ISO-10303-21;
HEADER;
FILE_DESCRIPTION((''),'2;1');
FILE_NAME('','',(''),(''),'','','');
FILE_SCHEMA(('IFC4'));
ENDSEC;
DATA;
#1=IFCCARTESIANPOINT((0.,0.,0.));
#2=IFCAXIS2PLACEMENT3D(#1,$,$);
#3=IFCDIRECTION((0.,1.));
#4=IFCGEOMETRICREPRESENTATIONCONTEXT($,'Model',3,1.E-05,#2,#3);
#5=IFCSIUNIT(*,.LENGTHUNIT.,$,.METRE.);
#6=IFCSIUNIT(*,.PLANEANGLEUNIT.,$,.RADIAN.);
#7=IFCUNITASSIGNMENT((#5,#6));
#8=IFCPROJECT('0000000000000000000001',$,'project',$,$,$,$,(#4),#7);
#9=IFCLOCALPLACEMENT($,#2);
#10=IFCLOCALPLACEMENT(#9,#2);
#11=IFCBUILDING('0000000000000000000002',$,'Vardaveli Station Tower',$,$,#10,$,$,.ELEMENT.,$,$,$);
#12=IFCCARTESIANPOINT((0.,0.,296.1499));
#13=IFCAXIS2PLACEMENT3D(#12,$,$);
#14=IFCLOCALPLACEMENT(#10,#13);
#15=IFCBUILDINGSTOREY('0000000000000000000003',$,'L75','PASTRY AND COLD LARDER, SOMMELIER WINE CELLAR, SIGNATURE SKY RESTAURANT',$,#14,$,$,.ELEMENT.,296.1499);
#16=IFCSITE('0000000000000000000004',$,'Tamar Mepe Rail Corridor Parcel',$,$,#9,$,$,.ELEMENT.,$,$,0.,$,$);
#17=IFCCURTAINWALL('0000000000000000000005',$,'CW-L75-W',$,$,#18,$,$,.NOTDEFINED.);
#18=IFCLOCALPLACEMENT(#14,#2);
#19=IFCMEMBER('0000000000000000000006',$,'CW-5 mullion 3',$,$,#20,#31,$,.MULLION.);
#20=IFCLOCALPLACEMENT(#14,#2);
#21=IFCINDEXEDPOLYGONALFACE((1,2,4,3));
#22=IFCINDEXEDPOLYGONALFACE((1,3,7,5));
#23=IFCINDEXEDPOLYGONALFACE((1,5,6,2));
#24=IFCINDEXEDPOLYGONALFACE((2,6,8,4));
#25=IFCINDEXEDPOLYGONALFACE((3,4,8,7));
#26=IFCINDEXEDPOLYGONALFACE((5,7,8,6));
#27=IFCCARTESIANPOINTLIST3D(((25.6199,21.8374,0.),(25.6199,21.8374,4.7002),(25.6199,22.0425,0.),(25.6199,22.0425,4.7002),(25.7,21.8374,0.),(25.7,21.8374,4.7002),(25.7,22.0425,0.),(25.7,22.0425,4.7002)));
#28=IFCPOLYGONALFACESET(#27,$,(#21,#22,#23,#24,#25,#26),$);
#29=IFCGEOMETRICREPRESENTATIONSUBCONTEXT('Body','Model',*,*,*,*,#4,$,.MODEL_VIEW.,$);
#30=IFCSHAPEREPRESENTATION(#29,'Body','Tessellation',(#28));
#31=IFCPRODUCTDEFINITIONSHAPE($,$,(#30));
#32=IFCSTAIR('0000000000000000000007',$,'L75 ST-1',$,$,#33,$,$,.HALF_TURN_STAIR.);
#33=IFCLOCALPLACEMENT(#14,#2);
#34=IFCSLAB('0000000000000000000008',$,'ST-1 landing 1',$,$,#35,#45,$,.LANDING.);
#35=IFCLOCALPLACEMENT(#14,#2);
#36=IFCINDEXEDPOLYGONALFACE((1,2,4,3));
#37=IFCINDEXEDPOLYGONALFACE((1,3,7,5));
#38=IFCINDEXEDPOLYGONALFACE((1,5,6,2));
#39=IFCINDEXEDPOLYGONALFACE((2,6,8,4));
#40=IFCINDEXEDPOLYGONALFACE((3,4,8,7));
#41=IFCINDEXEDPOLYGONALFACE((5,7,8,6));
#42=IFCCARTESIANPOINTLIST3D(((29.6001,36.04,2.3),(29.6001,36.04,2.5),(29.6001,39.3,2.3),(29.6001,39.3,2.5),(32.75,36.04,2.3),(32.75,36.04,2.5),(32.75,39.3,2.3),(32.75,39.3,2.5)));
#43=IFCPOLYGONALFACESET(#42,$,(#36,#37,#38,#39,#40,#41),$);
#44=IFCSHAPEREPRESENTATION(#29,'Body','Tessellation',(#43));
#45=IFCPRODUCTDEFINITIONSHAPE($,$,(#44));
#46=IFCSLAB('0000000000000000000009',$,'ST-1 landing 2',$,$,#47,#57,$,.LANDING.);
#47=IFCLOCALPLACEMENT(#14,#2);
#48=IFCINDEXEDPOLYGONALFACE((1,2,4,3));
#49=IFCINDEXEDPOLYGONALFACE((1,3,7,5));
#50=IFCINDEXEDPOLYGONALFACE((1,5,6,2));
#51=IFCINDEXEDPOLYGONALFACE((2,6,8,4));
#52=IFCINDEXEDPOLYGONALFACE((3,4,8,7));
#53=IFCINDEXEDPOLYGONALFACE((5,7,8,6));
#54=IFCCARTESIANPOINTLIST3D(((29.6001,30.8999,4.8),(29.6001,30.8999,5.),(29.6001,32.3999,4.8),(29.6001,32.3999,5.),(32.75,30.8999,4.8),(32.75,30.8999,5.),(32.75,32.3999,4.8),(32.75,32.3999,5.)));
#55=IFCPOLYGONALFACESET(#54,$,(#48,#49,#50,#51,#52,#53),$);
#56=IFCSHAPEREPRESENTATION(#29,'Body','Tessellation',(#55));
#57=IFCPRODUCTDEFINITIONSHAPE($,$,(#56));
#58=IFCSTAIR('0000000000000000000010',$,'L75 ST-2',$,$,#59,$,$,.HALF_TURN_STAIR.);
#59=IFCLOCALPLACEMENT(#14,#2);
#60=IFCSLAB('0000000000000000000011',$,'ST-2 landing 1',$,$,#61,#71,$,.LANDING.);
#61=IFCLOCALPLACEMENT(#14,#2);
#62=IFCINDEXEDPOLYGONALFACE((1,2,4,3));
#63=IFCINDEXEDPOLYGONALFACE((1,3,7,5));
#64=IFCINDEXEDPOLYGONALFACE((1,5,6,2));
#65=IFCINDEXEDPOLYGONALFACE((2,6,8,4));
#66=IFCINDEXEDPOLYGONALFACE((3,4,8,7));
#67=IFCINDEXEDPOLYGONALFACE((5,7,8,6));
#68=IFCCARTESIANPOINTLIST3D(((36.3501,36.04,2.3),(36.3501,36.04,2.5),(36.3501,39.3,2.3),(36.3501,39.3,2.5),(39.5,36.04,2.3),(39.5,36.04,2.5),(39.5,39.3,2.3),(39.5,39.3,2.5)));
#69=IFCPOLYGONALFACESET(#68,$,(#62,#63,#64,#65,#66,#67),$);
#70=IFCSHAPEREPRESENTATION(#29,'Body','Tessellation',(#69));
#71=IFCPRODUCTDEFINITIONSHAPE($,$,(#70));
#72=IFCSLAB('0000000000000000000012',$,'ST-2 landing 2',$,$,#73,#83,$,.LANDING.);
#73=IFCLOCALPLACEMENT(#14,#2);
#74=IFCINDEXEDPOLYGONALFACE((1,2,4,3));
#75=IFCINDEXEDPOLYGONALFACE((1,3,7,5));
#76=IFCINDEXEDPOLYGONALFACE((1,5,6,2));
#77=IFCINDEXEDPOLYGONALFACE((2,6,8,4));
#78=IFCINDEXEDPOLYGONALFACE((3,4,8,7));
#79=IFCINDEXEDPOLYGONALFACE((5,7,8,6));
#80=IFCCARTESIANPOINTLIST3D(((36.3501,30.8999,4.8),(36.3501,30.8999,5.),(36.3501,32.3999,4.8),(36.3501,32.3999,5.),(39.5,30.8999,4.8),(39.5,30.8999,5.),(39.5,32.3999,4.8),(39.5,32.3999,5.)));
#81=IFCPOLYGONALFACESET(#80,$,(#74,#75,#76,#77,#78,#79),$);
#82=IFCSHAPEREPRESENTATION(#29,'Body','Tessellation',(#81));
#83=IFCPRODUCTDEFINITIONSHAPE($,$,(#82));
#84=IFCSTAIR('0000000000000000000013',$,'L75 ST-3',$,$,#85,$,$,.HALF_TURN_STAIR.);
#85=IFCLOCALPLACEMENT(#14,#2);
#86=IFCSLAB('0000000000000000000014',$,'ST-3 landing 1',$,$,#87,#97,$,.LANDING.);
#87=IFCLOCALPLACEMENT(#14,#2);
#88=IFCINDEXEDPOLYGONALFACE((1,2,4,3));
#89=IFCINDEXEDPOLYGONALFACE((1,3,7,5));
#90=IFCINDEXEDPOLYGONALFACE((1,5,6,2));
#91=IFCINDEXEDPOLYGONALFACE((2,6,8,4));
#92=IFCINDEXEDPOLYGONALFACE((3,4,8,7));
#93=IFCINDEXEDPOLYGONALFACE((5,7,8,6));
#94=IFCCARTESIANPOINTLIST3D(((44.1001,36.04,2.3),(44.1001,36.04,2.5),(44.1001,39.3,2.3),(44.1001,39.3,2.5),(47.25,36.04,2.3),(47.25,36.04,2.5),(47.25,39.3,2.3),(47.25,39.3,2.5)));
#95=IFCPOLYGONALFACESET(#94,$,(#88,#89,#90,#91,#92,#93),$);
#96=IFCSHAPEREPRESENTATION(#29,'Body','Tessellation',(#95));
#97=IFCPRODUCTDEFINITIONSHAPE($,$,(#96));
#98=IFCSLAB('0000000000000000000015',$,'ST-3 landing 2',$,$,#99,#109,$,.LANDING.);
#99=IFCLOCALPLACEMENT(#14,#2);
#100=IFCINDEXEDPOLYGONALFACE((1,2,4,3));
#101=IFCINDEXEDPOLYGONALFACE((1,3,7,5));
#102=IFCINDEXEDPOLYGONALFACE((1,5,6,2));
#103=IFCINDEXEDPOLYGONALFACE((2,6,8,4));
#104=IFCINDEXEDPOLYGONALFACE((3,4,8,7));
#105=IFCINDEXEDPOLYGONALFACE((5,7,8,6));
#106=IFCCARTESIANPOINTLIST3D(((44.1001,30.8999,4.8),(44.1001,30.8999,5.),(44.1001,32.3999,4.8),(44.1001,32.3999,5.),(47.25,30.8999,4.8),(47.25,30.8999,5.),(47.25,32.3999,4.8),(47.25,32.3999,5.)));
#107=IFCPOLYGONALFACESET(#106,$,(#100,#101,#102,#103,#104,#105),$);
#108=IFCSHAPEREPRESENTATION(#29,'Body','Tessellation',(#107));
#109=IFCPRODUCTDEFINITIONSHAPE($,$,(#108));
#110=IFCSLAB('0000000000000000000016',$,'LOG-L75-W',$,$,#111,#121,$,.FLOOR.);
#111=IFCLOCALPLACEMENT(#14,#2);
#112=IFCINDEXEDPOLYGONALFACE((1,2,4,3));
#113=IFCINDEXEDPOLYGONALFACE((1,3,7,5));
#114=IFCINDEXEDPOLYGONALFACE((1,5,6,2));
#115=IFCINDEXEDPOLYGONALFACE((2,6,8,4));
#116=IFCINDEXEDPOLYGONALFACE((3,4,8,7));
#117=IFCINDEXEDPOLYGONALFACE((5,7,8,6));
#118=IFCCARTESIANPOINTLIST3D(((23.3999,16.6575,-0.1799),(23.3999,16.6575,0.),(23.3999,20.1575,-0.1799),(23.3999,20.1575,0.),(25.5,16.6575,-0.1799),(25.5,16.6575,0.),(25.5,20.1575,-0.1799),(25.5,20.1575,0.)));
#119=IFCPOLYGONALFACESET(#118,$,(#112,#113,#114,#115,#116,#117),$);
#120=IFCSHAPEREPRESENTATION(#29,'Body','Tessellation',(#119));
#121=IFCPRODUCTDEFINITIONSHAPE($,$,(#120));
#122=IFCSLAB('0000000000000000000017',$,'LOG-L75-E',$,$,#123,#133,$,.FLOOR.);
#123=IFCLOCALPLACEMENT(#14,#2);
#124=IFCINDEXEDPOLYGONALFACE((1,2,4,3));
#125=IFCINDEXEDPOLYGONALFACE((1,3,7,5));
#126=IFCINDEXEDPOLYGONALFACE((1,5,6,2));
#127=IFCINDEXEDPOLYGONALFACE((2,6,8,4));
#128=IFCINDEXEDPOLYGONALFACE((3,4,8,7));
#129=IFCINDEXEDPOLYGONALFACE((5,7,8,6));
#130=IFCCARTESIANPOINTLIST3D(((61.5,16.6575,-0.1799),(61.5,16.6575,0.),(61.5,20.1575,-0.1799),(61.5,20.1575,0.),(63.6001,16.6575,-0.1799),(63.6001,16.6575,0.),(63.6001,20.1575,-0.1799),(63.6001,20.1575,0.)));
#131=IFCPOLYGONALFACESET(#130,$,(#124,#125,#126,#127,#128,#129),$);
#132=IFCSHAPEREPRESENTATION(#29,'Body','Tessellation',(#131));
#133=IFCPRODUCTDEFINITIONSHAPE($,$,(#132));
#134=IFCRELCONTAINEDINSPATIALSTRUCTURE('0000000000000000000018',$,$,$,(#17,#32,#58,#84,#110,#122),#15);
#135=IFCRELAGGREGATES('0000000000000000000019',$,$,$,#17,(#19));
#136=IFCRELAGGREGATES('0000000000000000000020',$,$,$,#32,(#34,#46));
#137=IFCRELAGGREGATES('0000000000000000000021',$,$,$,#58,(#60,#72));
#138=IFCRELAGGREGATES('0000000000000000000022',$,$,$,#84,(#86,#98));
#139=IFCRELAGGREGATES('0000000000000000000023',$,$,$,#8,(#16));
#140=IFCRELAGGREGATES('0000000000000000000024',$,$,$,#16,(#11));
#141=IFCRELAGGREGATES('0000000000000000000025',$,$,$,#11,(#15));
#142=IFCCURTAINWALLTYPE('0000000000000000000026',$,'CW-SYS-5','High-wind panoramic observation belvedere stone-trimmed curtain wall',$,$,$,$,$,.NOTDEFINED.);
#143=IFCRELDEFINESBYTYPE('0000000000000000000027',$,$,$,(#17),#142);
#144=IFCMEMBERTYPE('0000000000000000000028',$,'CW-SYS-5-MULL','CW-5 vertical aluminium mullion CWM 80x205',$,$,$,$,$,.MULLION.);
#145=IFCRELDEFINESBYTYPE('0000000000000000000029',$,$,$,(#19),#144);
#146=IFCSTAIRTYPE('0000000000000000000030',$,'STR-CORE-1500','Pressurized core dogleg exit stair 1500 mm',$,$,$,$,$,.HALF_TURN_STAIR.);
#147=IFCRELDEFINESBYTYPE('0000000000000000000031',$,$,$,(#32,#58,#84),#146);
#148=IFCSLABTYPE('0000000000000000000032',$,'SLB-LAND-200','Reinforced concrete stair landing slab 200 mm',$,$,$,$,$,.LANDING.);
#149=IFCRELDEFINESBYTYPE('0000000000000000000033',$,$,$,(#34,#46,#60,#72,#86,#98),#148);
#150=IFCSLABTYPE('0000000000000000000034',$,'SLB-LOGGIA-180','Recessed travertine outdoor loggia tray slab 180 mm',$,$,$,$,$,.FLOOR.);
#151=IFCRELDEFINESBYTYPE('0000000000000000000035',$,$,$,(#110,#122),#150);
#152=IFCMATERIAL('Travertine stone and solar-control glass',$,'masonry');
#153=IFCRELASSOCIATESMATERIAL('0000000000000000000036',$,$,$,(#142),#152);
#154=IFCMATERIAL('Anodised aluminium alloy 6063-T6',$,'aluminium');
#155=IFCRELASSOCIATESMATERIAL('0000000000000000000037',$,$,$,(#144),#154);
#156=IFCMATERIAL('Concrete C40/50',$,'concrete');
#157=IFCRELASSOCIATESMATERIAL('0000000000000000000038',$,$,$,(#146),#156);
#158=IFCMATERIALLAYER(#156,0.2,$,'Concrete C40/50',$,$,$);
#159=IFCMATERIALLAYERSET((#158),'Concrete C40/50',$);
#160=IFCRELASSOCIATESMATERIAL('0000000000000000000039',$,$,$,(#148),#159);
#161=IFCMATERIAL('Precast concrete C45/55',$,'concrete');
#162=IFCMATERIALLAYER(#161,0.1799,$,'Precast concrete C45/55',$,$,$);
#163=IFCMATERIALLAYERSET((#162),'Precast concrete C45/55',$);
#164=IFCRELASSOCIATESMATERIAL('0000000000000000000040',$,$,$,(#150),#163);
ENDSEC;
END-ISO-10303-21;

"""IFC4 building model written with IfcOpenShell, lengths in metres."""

from ifc_helpers import new_model, si_unit, direction, frame, origin, origin_2d, place, context, subcontext, project, spatial, polyline, rectangle, outline, extrude, source, transform, mapped, material, layer, layer_set, material_profile, profile_set, type_object, element, aggregate, save


model = new_model("IFC4")

# Units and contexts
model_context = context("Model", 3, precision=1e-05, world=origin(), true_north=direction((0.0, 1.0)))
body_context = subcontext(model_context, "Body", "Model", "MODEL_VIEW")
ifc_project = project(units=[si_unit("LENGTHUNIT", "METRE"), si_unit("PLANEANGLEUNIT", "RADIAN")], contexts=[model_context])

# Site, building, storey
site_placement = place(None, origin())
site = spatial("IfcSite", under=ifc_project, at=site_placement, Name="Tamar Mepe Rail Corridor Parcel", CompositionType="ELEMENT", RefElevation=0.0)
building_placement = place(site_placement, origin())
building = spatial("IfcBuilding", under=site, at=building_placement, Name="Vardaveli Station Tower", CompositionType="ELEMENT")
storey_placement = place(building_placement, frame((0.0, 0.0, 296.1499)))
storey = spatial("IfcBuildingStorey", under=building, at=storey_placement, Name="L75", Description="PASTRY AND COLD LARDER, SOMMELIER WINE CELLAR, SIGNATURE SKY RESTAURANT", CompositionType="ELEMENT", Elevation=296.1499)

# Curtain wall, member
ifc_material_1 = material(Name="Travertine stone and solar-control glass", Category="masonry")
curtain_wall_type = type_object("IfcCurtainWallType", Name="CW-SYS-5", Description="High-wind panoramic observation belvedere stone-trimmed curtain wall", PredefinedType="NOTDEFINED", material=ifc_material_1)
curtain_wall_placement = place(storey_placement, origin())
curtain_wall = element("IfcCurtainWall", 1, at=curtain_wall_placement, inside=storey, type_object=curtain_wall_type, Name="CW-L75-W", PredefinedType="NOTDEFINED")
ifc_material_2 = material(Name="Anodised aluminium alloy 6063-T6", Category="aluminium")
ifc_material_profile = material_profile(ifc_material_2, rectangle(XDim=0.0801, YDim=0.2051, at=origin_2d()), Name="CWM 80x205")
ifc_profile_set = profile_set([ifc_material_profile], Name="Anodised aluminium alloy 6063-T6")
member_type = type_object("IfcMemberType", Name="CW-SYS-5-MULL", Description="CW-5 vertical aluminium mullion CWM 80x205", PredefinedType="MULLION", material=ifc_profile_set)
shared_shape_1 = source(origin(), body_context, "Body", "SweptSolid", [
    extrude(rectangle(XDim=0.0801, YDim=0.2051, at=origin_2d()), origin(), (0.0, 0.0, 1.0), 4.7002),
])
member_placement = place(storey_placement, frame((25.6599, 21.9399, 0.0), z_axis=(0.0, 0.0, 1.0), x_axis=(1.0, 0.0, 0.0)))
member = element("IfcMember", 2, at=member_placement, type_object=member_type, Name="CW-5 mullion 3", PredefinedType="MULLION", context=body_context, shape_type="MappedRepresentation", body=[
    mapped(shared_shape_1, transform((0.0, 0.0, 0.0), scale=1.0)),
])
aggregate(curtain_wall, [member])

# Stairs, slabs
ifc_material_3 = material(Name="Concrete C40/50", Category="concrete")
stair_type = type_object("IfcStairType", Name="STR-CORE-1500", Description="Pressurized core dogleg exit stair 1500 mm", PredefinedType="HALF_TURN_STAIR", material=ifc_material_3)
stair_1_placement = place(storey_placement, origin())
stair_1 = element("IfcStair", 3, at=stair_1_placement, inside=storey, type_object=stair_type, Name="L75 ST-1", PredefinedType="HALF_TURN_STAIR")
ifc_layer_1 = layer(ifc_material_3, 0.2, Name="Concrete C40/50")
ifc_layer_set_1 = layer_set([ifc_layer_1], Name="Concrete C40/50")
slab_type_1 = type_object("IfcSlabType", Name="SLB-LAND-200", Description="Reinforced concrete stair landing slab 200 mm", PredefinedType="LANDING", material=ifc_layer_set_1)
slab_1_placement = place(storey_placement, frame((0.0, 0.0, 2.3)))
slab_1 = element("IfcSlab", 4, at=slab_1_placement, type_object=slab_type_1, Name="ST-1 landing 1", PredefinedType="LANDING", context=body_context, shape_type="SweptSolid", body=[
    extrude(outline(polyline([(32.75, 36.04), (32.75, 39.3), (29.6001, 39.3), (29.6001, 36.04), (32.75, 36.04)])), origin(), (0.0, 0.0, 1.0), 0.2),
])
slab_2_placement = place(storey_placement, frame((0.0, 0.0, 4.8)))
slab_2 = element("IfcSlab", 5, at=slab_2_placement, type_object=slab_type_1, Name="ST-1 landing 2", PredefinedType="LANDING", context=body_context, shape_type="SweptSolid", body=[
    extrude(outline(polyline([(32.75, 30.8999), (32.75, 32.3999), (29.6001, 32.3999), (29.6001, 30.8999), (32.75, 30.8999)])), origin(), (0.0, 0.0, 1.0), 0.2),
])
aggregate(stair_1, [slab_1, slab_2])
stair_2_placement = place(storey_placement, origin())
stair_2 = element("IfcStair", 6, at=stair_2_placement, inside=storey, type_object=stair_type, Name="L75 ST-2", PredefinedType="HALF_TURN_STAIR")
slab_3_placement = place(storey_placement, frame((0.0, 0.0, 2.3)))
slab_3 = element("IfcSlab", 7, at=slab_3_placement, type_object=slab_type_1, Name="ST-2 landing 1", PredefinedType="LANDING", context=body_context, shape_type="SweptSolid", body=[
    extrude(outline(polyline([(39.5, 36.04), (39.5, 39.3), (36.3501, 39.3), (36.3501, 36.04), (39.5, 36.04)])), origin(), (0.0, 0.0, 1.0), 0.2),
])
slab_4_placement = place(storey_placement, frame((0.0, 0.0, 4.8)))
slab_4 = element("IfcSlab", 8, at=slab_4_placement, type_object=slab_type_1, Name="ST-2 landing 2", PredefinedType="LANDING", context=body_context, shape_type="SweptSolid", body=[
    extrude(outline(polyline([(39.5, 30.8999), (39.5, 32.3999), (36.3501, 32.3999), (36.3501, 30.8999), (39.5, 30.8999)])), origin(), (0.0, 0.0, 1.0), 0.2),
])
aggregate(stair_2, [slab_3, slab_4])
stair_3_placement = place(storey_placement, origin())
stair_3 = element("IfcStair", 9, at=stair_3_placement, inside=storey, type_object=stair_type, Name="L75 ST-3", PredefinedType="HALF_TURN_STAIR")
slab_5_placement = place(storey_placement, frame((0.0, 0.0, 2.3)))
slab_5 = element("IfcSlab", 10, at=slab_5_placement, type_object=slab_type_1, Name="ST-3 landing 1", PredefinedType="LANDING", context=body_context, shape_type="SweptSolid", body=[
    extrude(outline(polyline([(47.25, 36.04), (47.25, 39.3), (44.1001, 39.3), (44.1001, 36.04), (47.25, 36.04)])), origin(), (0.0, 0.0, 1.0), 0.2),
])
slab_6_placement = place(storey_placement, frame((0.0, 0.0, 4.8)))
slab_6 = element("IfcSlab", 11, at=slab_6_placement, type_object=slab_type_1, Name="ST-3 landing 2", PredefinedType="LANDING", context=body_context, shape_type="SweptSolid", body=[
    extrude(outline(polyline([(47.25, 30.8999), (47.25, 32.3999), (44.1001, 32.3999), (44.1001, 30.8999), (47.25, 30.8999)])), origin(), (0.0, 0.0, 1.0), 0.2),
])
aggregate(stair_3, [slab_5, slab_6])

# Slabs
ifc_material_4 = material(Name="Precast concrete C45/55", Category="concrete")
ifc_layer_2 = layer(ifc_material_4, 0.1799, Name="Precast concrete C45/55")
ifc_layer_set_2 = layer_set([ifc_layer_2], Name="Precast concrete C45/55")
slab_type_2 = type_object("IfcSlabType", Name="SLB-LOGGIA-180", Description="Recessed travertine outdoor loggia tray slab 180 mm", PredefinedType="FLOOR", material=ifc_layer_set_2)
slab_7_placement = place(storey_placement, frame((0.0, 0.0, -0.1799)))
element("IfcSlab", 12, at=slab_7_placement, inside=storey, type_object=slab_type_2, Name="LOG-L75-W", PredefinedType="FLOOR", context=body_context, shape_type="SweptSolid", body=[
    extrude(outline(polyline([(23.3999, 16.6575), (25.5, 16.6575), (25.5, 20.1575), (23.3999, 20.1575), (23.3999, 16.6575)])), origin(), (0.0, 0.0, 1.0), 0.1799),
])
slab_8_placement = place(storey_placement, frame((0.0, 0.0, -0.1799)))
element("IfcSlab", 13, at=slab_8_placement, inside=storey, type_object=slab_type_2, Name="LOG-L75-E", PredefinedType="FLOOR", context=body_context, shape_type="SweptSolid", body=[
    extrude(outline(polyline([(61.5, 16.6575), (63.6001, 16.6575), (63.6001, 20.1575), (61.5, 20.1575), (61.5, 16.6575)])), origin(), (0.0, 0.0, 1.0), 0.1799),
])

save(model, "model.ifc")
